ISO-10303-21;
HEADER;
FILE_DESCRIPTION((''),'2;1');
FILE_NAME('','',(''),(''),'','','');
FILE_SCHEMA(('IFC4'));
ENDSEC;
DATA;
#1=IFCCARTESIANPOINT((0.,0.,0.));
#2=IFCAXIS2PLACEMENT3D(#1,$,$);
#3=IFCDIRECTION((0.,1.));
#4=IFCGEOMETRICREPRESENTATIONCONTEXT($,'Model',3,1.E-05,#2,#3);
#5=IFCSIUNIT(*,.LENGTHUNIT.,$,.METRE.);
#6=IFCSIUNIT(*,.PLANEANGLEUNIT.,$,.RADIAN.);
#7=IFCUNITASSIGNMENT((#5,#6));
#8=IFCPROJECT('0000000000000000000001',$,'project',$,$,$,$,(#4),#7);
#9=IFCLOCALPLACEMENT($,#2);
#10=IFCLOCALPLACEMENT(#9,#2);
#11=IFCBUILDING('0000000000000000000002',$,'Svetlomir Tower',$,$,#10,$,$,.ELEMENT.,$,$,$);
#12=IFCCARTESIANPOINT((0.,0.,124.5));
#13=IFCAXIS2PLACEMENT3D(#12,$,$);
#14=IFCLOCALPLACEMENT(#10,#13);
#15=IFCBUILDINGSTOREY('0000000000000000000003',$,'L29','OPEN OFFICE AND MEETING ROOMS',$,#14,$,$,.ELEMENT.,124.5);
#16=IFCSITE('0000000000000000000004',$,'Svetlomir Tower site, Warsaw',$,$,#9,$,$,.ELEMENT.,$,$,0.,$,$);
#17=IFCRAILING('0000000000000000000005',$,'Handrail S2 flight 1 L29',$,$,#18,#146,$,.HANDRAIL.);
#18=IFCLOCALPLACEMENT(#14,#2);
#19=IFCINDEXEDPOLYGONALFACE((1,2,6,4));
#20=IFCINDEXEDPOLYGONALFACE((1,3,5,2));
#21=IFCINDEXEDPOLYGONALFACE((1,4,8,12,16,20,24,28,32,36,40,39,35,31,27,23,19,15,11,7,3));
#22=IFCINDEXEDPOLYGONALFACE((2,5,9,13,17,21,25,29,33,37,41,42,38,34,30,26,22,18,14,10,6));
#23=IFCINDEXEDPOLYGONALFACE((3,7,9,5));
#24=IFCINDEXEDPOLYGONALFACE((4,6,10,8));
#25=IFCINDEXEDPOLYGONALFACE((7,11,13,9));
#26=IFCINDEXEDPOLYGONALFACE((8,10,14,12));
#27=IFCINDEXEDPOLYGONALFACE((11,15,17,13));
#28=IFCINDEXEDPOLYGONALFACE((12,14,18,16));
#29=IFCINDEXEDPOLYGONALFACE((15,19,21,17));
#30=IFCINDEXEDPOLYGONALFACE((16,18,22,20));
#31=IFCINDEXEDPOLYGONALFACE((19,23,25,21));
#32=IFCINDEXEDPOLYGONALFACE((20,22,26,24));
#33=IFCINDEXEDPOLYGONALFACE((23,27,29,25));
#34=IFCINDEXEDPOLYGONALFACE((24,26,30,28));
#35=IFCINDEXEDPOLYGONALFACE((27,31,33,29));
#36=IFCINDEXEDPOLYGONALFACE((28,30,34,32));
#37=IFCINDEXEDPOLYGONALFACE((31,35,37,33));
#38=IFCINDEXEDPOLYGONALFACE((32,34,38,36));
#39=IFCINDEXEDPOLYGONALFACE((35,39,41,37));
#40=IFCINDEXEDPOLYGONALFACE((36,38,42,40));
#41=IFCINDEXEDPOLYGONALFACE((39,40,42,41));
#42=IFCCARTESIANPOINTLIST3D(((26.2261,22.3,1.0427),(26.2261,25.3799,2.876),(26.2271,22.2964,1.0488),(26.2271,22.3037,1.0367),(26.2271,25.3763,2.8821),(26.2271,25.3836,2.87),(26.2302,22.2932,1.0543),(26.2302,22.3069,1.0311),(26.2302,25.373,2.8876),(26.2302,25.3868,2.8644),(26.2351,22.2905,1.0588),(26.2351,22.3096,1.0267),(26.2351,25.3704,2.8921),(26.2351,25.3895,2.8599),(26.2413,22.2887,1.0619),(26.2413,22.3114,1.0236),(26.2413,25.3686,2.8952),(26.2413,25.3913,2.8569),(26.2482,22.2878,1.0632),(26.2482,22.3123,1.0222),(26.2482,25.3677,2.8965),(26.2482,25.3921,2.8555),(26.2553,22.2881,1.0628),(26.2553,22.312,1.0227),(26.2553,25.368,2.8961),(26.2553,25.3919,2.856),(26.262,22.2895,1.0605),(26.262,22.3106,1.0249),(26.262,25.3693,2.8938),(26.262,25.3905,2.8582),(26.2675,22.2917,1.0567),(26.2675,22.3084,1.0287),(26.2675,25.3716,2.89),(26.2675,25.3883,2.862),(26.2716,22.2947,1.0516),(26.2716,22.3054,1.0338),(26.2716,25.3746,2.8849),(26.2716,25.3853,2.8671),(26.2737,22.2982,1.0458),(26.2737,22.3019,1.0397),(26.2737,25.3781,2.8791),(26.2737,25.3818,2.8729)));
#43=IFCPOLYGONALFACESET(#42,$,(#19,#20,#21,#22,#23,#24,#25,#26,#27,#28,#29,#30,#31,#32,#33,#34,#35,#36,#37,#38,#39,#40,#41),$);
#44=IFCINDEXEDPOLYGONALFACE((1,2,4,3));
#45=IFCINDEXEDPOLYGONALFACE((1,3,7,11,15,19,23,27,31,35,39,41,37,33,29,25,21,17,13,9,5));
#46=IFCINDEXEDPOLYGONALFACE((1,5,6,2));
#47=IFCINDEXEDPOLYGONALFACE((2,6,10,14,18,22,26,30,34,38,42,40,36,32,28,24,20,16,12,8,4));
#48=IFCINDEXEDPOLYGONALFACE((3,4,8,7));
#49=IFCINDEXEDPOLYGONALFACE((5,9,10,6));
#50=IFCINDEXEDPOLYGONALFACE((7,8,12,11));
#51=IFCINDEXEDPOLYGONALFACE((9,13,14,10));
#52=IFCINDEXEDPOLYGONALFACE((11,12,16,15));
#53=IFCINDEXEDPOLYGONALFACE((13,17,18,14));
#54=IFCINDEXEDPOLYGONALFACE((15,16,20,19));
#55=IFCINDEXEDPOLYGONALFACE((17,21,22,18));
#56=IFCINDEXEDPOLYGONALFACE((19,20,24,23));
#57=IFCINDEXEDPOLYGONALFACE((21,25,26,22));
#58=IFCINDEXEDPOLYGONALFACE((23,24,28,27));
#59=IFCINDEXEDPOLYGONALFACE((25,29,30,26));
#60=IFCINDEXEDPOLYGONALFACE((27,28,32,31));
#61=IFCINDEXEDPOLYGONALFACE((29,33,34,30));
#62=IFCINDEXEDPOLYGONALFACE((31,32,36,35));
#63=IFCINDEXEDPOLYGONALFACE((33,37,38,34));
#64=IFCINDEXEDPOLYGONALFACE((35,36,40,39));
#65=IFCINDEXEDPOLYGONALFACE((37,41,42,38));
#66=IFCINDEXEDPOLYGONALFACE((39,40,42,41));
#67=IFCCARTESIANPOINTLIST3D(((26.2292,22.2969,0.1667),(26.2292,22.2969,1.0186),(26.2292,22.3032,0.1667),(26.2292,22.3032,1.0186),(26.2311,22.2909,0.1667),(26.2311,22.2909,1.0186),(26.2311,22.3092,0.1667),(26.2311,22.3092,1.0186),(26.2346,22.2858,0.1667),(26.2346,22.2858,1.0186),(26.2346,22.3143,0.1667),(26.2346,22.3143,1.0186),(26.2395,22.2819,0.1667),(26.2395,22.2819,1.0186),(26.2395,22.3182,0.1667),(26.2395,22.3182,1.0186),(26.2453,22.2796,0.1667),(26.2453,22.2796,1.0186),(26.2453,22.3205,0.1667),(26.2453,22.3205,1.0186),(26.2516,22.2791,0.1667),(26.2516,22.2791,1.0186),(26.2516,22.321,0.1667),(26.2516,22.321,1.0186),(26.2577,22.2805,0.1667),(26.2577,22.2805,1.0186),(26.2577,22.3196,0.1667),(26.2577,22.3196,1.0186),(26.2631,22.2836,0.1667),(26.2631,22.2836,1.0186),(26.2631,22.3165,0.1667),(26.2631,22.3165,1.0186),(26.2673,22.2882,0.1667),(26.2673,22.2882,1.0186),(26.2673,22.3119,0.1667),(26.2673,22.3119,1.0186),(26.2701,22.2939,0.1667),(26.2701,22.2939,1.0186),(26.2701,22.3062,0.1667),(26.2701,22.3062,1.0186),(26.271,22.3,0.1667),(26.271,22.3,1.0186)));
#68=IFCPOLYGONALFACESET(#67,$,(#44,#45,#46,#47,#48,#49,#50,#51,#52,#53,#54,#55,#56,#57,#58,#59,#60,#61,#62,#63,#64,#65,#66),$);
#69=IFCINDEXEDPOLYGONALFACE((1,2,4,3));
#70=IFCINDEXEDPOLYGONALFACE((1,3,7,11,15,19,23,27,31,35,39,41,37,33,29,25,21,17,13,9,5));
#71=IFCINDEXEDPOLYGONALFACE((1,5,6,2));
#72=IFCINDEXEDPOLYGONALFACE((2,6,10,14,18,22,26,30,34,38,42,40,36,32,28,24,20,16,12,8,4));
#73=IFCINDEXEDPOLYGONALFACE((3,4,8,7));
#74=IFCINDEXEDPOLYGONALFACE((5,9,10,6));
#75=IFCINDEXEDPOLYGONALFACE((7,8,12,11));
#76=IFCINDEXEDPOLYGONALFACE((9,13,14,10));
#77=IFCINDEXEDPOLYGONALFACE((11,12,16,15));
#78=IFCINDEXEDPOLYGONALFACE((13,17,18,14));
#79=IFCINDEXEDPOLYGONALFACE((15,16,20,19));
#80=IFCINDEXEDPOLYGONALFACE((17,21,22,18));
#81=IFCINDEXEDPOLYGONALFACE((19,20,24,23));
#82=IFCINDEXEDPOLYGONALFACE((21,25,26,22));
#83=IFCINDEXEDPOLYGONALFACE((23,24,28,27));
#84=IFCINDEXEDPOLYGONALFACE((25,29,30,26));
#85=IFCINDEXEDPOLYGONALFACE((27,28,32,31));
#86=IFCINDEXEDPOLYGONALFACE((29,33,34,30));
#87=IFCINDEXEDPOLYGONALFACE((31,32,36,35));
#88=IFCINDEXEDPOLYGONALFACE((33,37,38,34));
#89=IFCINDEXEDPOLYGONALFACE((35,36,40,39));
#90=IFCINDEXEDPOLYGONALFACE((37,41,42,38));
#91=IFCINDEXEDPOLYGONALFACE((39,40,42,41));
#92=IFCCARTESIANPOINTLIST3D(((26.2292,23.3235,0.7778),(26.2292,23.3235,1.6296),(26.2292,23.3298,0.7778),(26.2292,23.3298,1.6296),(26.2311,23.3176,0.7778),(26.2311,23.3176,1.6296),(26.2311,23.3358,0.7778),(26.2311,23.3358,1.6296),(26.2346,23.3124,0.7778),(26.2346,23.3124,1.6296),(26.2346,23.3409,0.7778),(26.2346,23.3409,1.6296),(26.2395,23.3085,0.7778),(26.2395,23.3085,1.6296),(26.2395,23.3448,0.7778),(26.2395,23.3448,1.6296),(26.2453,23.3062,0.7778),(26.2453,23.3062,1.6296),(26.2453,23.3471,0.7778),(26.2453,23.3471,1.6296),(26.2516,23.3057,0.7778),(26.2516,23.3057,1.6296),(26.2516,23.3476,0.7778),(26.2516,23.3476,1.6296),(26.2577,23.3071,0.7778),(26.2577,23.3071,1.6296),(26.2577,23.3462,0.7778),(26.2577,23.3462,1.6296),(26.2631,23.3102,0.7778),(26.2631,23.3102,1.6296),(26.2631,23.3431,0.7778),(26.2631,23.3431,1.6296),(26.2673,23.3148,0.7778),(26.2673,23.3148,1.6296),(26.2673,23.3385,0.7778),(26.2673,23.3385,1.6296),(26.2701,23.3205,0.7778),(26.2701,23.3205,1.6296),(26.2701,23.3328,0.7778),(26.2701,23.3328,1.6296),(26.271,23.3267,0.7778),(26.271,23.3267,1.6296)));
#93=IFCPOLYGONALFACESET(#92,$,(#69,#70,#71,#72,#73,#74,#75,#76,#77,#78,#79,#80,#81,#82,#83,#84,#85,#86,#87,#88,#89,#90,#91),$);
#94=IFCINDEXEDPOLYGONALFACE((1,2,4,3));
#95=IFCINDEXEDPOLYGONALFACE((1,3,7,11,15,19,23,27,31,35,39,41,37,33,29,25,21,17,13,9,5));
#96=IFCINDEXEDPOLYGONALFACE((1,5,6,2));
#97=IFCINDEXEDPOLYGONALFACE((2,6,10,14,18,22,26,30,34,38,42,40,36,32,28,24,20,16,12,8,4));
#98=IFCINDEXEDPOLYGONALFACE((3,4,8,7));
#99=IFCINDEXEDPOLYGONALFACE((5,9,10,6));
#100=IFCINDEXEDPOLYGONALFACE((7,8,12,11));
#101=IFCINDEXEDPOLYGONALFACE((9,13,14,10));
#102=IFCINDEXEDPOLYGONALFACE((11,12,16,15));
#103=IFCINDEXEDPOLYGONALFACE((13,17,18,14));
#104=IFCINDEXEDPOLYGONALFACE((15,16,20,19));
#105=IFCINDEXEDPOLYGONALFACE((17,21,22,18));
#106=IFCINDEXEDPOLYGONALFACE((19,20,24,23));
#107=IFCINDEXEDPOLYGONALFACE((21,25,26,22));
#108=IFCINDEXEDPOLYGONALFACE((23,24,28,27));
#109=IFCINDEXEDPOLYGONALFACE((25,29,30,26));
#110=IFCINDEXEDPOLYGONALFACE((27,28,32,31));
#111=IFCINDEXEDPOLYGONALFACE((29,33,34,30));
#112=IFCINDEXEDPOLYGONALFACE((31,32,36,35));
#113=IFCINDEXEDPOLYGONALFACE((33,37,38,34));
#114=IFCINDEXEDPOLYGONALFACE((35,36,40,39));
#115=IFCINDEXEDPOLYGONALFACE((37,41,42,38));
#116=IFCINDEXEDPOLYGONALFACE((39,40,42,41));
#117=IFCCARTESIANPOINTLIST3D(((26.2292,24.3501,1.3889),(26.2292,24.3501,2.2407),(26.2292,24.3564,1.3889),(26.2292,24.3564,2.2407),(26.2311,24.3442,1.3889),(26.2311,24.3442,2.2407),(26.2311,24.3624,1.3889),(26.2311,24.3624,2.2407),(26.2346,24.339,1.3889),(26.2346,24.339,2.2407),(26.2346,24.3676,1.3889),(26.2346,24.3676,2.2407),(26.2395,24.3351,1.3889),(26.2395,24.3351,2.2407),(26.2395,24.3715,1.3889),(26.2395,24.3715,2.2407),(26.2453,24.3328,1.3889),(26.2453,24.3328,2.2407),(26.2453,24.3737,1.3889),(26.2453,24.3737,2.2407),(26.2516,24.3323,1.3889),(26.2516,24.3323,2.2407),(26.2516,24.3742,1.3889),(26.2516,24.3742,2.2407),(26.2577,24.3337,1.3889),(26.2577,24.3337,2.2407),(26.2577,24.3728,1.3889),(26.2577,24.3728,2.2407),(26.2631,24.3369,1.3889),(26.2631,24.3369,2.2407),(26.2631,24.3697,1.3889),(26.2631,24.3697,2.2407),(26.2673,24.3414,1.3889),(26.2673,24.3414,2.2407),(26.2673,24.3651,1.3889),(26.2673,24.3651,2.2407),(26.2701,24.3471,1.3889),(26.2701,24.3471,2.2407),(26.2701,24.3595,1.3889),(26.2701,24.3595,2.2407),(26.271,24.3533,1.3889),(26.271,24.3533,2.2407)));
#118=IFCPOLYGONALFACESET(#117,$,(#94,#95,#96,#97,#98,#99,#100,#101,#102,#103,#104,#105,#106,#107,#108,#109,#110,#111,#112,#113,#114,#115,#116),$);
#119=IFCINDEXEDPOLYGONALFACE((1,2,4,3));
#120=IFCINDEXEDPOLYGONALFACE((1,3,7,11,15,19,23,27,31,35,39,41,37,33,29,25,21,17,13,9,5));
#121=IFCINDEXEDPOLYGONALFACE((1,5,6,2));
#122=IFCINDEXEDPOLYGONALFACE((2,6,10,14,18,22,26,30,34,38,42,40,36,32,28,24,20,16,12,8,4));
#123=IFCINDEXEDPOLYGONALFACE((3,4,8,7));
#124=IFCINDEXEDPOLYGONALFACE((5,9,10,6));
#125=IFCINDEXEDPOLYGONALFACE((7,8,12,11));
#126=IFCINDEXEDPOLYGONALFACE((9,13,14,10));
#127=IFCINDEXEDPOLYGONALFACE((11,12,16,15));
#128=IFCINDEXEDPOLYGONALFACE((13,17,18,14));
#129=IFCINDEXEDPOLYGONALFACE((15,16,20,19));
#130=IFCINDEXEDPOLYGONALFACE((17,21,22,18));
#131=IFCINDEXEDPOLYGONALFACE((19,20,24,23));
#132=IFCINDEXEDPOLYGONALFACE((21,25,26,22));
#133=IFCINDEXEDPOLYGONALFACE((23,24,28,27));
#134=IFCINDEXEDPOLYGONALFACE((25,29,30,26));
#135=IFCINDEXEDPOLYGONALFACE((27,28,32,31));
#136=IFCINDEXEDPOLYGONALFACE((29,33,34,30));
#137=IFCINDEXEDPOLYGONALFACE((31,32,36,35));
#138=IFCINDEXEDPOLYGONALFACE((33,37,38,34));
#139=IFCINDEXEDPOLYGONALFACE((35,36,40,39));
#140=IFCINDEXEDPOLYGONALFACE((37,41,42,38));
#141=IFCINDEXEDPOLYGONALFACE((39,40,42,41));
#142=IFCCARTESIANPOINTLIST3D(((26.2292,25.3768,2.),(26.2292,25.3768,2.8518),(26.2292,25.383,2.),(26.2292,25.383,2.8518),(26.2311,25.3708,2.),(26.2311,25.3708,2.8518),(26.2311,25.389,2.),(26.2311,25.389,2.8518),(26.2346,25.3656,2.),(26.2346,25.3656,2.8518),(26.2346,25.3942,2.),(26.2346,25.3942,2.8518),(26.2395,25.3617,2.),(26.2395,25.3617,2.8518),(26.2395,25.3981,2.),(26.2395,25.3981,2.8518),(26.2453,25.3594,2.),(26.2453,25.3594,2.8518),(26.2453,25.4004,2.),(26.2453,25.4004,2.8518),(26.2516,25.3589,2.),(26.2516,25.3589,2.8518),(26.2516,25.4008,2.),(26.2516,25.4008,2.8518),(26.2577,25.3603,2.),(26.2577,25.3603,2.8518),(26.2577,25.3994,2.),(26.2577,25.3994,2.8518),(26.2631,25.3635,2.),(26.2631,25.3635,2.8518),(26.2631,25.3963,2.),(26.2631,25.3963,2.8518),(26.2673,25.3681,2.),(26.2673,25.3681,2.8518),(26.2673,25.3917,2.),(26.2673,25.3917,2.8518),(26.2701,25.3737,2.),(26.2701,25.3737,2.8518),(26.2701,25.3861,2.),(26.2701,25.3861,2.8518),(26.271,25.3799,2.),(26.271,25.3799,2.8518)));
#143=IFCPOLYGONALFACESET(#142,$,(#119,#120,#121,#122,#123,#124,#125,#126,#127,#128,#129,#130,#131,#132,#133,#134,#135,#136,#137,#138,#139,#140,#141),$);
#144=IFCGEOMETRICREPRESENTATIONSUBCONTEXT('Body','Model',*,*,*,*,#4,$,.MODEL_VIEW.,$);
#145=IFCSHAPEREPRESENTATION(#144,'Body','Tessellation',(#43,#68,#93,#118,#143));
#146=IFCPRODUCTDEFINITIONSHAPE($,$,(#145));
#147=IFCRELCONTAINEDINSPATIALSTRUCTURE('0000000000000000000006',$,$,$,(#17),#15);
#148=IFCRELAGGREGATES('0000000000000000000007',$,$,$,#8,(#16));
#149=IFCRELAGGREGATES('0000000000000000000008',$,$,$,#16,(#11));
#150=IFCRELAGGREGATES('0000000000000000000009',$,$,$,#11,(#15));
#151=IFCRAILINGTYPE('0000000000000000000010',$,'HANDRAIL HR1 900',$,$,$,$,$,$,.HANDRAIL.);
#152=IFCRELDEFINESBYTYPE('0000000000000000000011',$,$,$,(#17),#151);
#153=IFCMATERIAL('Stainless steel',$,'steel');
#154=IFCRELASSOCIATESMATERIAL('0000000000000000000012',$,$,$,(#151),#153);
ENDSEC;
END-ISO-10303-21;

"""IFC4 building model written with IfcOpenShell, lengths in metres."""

from ifc_helpers import new_model, si_unit, direction, frame, origin, origin_2d, place, context, subcontext, project, spatial, circle, extrude, material, type_object, element, save


model = new_model("IFC4")

# Units and contexts
model_context = context("Model", 3, precision=1e-05, world=origin(), true_north=direction((0.0, 1.0)))
body_context = subcontext(model_context, "Body", "Model", "MODEL_VIEW")
ifc_project = project(units=[si_unit("LENGTHUNIT", "METRE"), si_unit("PLANEANGLEUNIT", "RADIAN")], contexts=[model_context])

# Site, building, storey
site_placement = place(None, origin())
site = spatial("IfcSite", under=ifc_project, at=site_placement, Name="Svetlomir Tower site, Warsaw", CompositionType="ELEMENT", RefElevation=0.0)
building_placement = place(site_placement, origin())
building = spatial("IfcBuilding", under=site, at=building_placement, Name="Svetlomir Tower", CompositionType="ELEMENT")
storey_placement = place(building_placement, frame((0.0, 0.0, 124.5)))
storey = spatial("IfcBuildingStorey", under=building, at=storey_placement, Name="L29", Description="OPEN OFFICE AND MEETING ROOMS", CompositionType="ELEMENT", Elevation=124.5)

# Railing
ifc_material_1 = material(Name="Stainless steel", Category="steel")
railing_type = type_object("IfcRailingType", Name="HANDRAIL HR1 900", PredefinedType="HANDRAIL", material=ifc_material_1)
railing_1_placement = place(storey_placement, frame((26.25, 22.3, 0.1667)))
element("IfcRailing", 1, at=railing_1_placement, inside=storey, type_object=railing_type, Name="Handrail S2 flight 1 L29", PredefinedType="HANDRAIL", context=body_context, shape_type="SweptSolid", body=[
    extrude(circle(Radius=0.0239, at=origin_2d()), frame((0.0, 0.0, 0.876), z_axis=(0.0, 0.859291, 0.511487), x_axis=(-1.0, 0.0, 0.0)), (0.0, 0.0, 1.0), 3.5842),
    extrude(circle(Radius=0.021, at=origin_2d()), origin(), (0.0, 0.0, 1.0), 0.8518),
    extrude(circle(Radius=0.021, at=origin_2d()), frame((0.0, 1.0266, 0.6111)), (0.0, 0.0, 1.0), 0.8518),
    extrude(circle(Radius=0.021, at=origin_2d()), frame((0.0, 2.0532, 1.2222)), (0.0, 0.0, 1.0), 0.8518),
    extrude(circle(Radius=0.021, at=origin_2d()), frame((0.0, 3.0798, 1.8333)), (0.0, 0.0, 1.0), 0.8518),
])

save(model, "model.ifc")
